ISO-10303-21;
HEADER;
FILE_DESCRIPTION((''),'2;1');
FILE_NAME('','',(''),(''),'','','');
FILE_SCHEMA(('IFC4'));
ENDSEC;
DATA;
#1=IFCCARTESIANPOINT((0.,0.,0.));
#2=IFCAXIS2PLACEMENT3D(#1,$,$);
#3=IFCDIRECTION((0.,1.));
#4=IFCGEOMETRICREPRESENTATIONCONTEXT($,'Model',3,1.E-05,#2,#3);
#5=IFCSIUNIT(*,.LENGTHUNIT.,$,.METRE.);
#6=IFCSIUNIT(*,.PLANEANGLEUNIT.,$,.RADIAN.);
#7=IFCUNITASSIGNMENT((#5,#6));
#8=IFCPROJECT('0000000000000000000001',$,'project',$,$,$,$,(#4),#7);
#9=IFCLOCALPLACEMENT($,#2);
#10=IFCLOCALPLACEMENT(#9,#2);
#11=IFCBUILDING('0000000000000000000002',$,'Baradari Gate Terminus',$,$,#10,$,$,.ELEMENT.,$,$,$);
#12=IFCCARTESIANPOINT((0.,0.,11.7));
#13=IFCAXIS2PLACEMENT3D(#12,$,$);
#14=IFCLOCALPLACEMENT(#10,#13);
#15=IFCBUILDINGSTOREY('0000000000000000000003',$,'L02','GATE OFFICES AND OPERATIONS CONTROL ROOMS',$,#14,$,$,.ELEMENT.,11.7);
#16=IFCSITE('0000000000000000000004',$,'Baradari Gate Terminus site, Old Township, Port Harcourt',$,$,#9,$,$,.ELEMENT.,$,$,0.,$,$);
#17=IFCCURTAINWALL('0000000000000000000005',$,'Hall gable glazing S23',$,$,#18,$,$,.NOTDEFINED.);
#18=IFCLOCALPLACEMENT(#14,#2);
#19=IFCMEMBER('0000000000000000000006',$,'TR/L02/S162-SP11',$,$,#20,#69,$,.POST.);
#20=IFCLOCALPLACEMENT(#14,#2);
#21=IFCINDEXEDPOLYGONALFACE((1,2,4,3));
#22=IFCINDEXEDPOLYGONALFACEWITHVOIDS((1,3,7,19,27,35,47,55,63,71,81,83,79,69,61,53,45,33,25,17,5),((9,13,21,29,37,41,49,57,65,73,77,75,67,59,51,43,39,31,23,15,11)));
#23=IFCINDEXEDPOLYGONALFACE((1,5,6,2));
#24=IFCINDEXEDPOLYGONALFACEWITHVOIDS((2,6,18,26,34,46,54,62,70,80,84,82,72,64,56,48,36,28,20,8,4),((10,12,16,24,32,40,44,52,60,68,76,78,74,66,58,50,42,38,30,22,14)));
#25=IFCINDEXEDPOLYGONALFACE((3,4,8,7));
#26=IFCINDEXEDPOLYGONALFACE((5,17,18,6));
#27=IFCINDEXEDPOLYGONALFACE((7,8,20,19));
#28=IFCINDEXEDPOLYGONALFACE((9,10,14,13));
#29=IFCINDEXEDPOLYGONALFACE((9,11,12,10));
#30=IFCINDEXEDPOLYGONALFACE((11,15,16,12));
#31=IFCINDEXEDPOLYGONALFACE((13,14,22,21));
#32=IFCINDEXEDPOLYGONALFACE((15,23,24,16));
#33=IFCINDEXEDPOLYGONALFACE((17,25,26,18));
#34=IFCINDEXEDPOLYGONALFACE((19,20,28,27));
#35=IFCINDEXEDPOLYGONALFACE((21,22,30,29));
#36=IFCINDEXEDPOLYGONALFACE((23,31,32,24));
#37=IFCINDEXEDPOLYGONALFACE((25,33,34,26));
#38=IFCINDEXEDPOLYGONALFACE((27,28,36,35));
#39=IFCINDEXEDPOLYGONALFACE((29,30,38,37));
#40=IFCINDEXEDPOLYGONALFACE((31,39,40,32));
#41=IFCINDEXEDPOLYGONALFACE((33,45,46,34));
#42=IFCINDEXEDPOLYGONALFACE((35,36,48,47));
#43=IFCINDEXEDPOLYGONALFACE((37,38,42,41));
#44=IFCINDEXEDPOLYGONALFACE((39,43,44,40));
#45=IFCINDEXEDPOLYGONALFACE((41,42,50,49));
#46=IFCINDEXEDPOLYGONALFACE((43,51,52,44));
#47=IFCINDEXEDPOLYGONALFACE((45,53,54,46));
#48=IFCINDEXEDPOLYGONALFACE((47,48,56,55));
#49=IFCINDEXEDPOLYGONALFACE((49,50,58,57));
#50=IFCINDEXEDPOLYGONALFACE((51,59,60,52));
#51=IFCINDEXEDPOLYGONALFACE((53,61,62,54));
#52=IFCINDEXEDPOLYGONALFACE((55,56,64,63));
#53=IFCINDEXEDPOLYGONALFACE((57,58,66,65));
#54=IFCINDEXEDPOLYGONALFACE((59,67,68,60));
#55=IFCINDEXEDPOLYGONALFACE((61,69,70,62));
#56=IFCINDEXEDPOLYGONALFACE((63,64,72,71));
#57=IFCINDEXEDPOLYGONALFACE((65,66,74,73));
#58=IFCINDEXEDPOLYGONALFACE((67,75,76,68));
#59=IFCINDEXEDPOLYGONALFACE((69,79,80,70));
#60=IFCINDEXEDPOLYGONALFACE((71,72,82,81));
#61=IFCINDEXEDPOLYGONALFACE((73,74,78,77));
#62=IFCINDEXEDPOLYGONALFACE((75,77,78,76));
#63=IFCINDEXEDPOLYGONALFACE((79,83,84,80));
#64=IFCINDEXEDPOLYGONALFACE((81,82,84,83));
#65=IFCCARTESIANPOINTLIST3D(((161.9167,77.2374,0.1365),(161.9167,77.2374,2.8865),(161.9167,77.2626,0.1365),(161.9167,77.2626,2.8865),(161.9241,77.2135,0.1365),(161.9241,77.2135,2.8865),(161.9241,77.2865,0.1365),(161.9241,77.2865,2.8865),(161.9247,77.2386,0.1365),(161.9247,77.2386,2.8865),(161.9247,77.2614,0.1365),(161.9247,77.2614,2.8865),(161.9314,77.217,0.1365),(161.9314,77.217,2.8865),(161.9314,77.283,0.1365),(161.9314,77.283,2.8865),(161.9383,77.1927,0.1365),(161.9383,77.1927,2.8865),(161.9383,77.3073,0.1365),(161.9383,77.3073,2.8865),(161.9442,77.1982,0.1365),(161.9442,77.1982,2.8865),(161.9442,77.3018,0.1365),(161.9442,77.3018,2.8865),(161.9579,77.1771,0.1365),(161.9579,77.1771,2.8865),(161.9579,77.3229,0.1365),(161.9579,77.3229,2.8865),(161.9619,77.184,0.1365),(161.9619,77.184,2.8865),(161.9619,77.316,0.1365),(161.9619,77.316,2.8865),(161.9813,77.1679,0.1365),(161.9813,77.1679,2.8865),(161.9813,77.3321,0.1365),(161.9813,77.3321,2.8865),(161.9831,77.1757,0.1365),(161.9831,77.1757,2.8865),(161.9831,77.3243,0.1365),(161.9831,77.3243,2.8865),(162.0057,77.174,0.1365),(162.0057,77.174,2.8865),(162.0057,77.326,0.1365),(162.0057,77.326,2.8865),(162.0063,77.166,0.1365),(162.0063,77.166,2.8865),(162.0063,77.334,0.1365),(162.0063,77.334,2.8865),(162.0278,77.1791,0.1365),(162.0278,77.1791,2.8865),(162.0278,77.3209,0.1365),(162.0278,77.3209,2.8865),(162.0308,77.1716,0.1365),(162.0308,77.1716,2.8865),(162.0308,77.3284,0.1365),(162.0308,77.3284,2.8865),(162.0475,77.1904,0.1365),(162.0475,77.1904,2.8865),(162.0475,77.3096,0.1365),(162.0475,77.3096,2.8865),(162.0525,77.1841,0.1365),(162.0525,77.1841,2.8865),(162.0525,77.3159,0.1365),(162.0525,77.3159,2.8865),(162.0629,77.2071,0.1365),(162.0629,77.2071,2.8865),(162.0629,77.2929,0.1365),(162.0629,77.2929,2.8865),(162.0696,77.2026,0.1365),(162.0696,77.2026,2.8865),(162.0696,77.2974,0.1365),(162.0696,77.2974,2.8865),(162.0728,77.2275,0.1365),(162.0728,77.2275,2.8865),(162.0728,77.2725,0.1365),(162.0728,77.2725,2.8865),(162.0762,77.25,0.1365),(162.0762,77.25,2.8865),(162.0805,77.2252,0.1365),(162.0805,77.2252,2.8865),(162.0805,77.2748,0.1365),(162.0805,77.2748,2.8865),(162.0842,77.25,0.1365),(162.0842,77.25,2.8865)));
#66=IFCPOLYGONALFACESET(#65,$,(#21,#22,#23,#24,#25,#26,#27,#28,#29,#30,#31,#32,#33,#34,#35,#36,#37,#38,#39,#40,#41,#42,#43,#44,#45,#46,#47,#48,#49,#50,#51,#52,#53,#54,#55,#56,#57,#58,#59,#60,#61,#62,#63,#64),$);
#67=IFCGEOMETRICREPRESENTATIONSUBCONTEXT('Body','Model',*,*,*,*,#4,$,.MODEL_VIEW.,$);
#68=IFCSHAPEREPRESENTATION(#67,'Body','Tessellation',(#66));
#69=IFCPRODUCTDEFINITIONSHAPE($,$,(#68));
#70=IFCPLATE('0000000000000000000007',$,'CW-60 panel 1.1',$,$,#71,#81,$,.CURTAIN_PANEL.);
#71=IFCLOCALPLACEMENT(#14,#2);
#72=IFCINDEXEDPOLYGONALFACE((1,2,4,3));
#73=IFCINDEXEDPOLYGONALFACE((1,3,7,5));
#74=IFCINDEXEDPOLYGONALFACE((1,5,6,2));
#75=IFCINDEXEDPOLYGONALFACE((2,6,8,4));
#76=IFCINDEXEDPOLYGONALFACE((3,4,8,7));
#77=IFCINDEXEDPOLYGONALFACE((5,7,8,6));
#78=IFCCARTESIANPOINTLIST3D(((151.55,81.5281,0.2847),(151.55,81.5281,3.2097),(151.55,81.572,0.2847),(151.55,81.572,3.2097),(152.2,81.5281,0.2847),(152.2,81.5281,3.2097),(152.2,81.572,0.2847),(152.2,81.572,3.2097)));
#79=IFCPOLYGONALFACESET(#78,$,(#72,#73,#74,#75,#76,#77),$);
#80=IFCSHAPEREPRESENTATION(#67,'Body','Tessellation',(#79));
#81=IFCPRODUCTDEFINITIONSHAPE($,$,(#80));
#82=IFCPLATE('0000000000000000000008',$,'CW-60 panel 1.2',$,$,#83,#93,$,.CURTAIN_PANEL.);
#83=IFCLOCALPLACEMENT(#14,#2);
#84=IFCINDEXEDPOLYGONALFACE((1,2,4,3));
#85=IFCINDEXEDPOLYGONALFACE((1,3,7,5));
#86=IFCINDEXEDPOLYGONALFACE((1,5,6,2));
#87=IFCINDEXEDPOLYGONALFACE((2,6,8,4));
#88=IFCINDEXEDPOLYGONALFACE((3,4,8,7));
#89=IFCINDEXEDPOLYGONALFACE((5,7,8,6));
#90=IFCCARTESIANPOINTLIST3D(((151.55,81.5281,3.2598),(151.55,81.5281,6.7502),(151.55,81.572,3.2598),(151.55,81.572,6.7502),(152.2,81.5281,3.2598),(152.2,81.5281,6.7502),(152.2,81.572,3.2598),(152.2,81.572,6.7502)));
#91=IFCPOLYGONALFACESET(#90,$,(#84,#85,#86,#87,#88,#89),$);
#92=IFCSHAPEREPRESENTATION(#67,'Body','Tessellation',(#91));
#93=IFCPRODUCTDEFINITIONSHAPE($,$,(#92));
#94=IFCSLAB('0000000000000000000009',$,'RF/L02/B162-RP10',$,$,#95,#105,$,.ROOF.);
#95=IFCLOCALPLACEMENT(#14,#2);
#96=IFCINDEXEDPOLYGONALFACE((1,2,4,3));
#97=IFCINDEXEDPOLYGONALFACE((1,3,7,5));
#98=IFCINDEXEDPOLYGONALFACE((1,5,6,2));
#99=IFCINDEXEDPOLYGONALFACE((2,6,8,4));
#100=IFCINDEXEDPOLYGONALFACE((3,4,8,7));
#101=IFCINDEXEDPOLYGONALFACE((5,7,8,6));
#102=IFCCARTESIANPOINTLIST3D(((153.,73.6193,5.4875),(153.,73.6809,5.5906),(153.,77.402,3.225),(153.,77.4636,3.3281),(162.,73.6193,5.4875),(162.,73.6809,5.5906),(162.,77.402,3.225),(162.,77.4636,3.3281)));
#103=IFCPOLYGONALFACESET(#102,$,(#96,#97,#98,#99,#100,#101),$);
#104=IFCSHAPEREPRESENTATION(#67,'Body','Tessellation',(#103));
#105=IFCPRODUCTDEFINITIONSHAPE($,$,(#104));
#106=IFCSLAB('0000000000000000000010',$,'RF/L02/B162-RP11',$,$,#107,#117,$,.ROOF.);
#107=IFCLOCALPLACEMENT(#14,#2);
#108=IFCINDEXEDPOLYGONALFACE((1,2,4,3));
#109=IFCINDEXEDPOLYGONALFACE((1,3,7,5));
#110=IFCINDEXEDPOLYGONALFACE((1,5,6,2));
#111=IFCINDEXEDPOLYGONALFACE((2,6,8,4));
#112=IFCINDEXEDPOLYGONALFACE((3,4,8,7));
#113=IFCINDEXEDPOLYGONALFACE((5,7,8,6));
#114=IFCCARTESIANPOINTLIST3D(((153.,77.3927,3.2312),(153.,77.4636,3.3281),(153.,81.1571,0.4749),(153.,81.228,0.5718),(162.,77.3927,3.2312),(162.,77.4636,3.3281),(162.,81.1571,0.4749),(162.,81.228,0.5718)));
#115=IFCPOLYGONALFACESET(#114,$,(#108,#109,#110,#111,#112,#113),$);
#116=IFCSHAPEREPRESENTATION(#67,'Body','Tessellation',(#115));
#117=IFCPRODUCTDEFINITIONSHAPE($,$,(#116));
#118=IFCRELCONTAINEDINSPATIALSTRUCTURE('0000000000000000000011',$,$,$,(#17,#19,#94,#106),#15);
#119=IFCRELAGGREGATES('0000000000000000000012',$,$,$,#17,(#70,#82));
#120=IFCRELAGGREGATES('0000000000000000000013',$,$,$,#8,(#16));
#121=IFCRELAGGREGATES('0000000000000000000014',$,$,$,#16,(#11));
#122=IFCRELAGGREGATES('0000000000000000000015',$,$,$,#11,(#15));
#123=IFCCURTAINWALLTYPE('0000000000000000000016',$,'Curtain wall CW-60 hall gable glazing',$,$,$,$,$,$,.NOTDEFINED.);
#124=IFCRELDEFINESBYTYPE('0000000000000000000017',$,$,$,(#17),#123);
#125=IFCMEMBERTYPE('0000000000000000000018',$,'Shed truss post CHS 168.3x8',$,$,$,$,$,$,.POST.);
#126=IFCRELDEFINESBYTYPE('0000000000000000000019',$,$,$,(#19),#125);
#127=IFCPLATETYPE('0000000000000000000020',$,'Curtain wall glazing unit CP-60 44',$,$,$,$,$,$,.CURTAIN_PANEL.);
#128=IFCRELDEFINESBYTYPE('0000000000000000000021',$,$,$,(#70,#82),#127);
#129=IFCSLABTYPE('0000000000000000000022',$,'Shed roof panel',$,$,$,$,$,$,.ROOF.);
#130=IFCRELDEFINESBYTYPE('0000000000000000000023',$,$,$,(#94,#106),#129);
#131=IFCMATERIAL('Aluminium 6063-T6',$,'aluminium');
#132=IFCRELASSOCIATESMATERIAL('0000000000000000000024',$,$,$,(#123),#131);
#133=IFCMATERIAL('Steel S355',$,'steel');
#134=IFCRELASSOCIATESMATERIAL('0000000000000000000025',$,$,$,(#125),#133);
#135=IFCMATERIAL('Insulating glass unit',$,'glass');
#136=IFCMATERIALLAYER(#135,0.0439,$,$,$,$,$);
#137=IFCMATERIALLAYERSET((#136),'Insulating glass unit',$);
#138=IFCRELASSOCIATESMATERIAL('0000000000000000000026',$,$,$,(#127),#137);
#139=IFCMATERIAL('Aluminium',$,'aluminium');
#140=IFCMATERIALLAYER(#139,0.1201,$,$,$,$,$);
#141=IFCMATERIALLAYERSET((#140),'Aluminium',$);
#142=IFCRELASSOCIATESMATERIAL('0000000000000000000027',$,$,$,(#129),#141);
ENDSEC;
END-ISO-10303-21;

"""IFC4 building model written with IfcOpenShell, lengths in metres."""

from ifc_helpers import new_model, si_unit, direction, frame, origin, origin_2d, place, context, subcontext, project, spatial, polyline, rectangle, hollow_circle, outline, extrude, material, layer, layer_set, material_profile, profile_set, type_object, element, aggregate, save


model = new_model("IFC4")

# Units and contexts
model_context = context("Model", 3, precision=1e-05, world=origin(), true_north=direction((0.0, 1.0)))
body_context = subcontext(model_context, "Body", "Model", "MODEL_VIEW")
ifc_project = project(units=[si_unit("LENGTHUNIT", "METRE"), si_unit("PLANEANGLEUNIT", "RADIAN")], contexts=[model_context])

# Site, building, storey
site_placement = place(None, origin())
site = spatial("IfcSite", under=ifc_project, at=site_placement, Name="Baradari Gate Terminus site, Old Township, Port Harcourt", CompositionType="ELEMENT", RefElevation=0.0)
building_placement = place(site_placement, origin())
building = spatial("IfcBuilding", under=site, at=building_placement, Name="Baradari Gate Terminus", CompositionType="ELEMENT")
storey_placement = place(building_placement, frame((0.0, 0.0, 11.7)))
storey = spatial("IfcBuildingStorey", under=building, at=storey_placement, Name="L02", Description="GATE OFFICES AND OPERATIONS CONTROL ROOMS", CompositionType="ELEMENT", Elevation=11.7)

# Curtain wall
ifc_material_1 = material(Name="Aluminium 6063-T6", Category="aluminium")
curtain_wall_type = type_object("IfcCurtainWallType", Name="Curtain wall CW-60 hall gable glazing", PredefinedType="NOTDEFINED", material=ifc_material_1)
curtain_wall_1_placement = place(storey_placement, origin())
curtain_wall_1 = element("IfcCurtainWall", 1, at=curtain_wall_1_placement, inside=storey, type_object=curtain_wall_type, Name="Hall gable glazing S23", PredefinedType="NOTDEFINED")

# Member
ifc_material_2 = material(Name="Steel S355", Category="steel")
ifc_material_profile_1 = material_profile(ifc_material_2, hollow_circle(Radius=0.0842, WallThickness=0.0081, at=origin_2d()), Name="CHS 168.3x8")
ifc_profile_set_1 = profile_set([ifc_material_profile_1], Name="Steel S355")
member_type_1 = type_object("IfcMemberType", Name="Shed truss post CHS 168.3x8", PredefinedType="POST", material=ifc_profile_set_1)
member_1_placement = place(storey_placement, frame((162.0, 77.25, 0.1365), z_axis=(0.0, 0.0, 1.0), x_axis=(1.0, 0.0, 0.0)))
element("IfcMember", 2, at=member_1_placement, inside=storey, type_object=member_type_1, Name="TR/L02/S162-SP11", PredefinedType="POST", context=body_context, shape_type="SweptSolid", body=[
    extrude(hollow_circle(Radius=0.0842, WallThickness=0.0081, at=origin_2d()), origin(), (0.0, 0.0, 1.0), 2.75),
])

# Plates
ifc_material_3 = material(Name="Insulating glass unit", Category="glass")
ifc_layer_1 = layer(ifc_material_3, 0.0439)
ifc_layer_set_1 = layer_set([ifc_layer_1], Name="Insulating glass unit")
plate_type = type_object("IfcPlateType", Name="Curtain wall glazing unit CP-60 44", PredefinedType="CURTAIN_PANEL", material=ifc_layer_set_1)
plate_1_placement = place(storey_placement, frame((151.875, 81.55, 0.2847), z_axis=(0.0, 0.0, 1.0), x_axis=(1.0, 0.0, 0.0)))
plate_1 = element("IfcPlate", 3, at=plate_1_placement, type_object=plate_type, Name="CW-60 panel 1.1", PredefinedType="CURTAIN_PANEL", context=body_context, shape_type="SweptSolid", body=[
    extrude(rectangle(XDim=0.6499, YDim=0.0439, at=origin_2d()), origin(), (0.0, 0.0, 1.0), 2.925),
])
plate_2_placement = place(storey_placement, frame((151.875, 81.55, 3.2598), z_axis=(0.0, 0.0, 1.0), x_axis=(1.0, 0.0, 0.0)))
plate_2 = element("IfcPlate", 4, at=plate_2_placement, type_object=plate_type, Name="CW-60 panel 1.2", PredefinedType="CURTAIN_PANEL", context=body_context, shape_type="SweptSolid", body=[
    extrude(rectangle(XDim=0.6499, YDim=0.0439, at=origin_2d()), origin(), (0.0, 0.0, 1.0), 3.4905),
])
aggregate(curtain_wall_1, [plate_1, plate_2])

# Slabs
ifc_material_4 = material(Name="Aluminium", Category="aluminium")
ifc_layer_2 = layer(ifc_material_4, 0.1201)
ifc_layer_set_2 = layer_set([ifc_layer_2], Name="Aluminium")
slab_type = type_object("IfcSlabType", Name="Shed roof panel", PredefinedType="ROOF", material=ifc_layer_set_2)
slab_1_placement = place(storey_placement, frame((153.0, 73.6809, 5.5906), z_axis=(0.0, 0.513298, 0.858211), x_axis=(1.0, 0.0, 0.0)))
element("IfcSlab", 5, at=slab_1_placement, inside=storey, type_object=slab_type, Name="RF/L02/B162-RP10", PredefinedType="ROOF", context=body_context, shape_type="SweptSolid", body=[
    extrude(outline(polyline([(0.0, 0.0), (9.0, 0.0), (9.0, 4.4077), (0.0, 4.4077), (0.0, 0.0)])), origin(), (0.0, 0.0, -1.0), 0.1201),
])
slab_2_placement = place(storey_placement, frame((153.0, 77.4636, 3.3281), z_axis=(0.0, 0.590776, 0.806836), x_axis=(1.0, 0.0, 0.0)))
element("IfcSlab", 6, at=slab_2_placement, inside=storey, type_object=slab_type, Name="RF/L02/B162-RP11", PredefinedType="ROOF", context=body_context, shape_type="SweptSolid", body=[
    extrude(outline(polyline([(0.0, 0.0), (9.0, 0.0), (9.0, 4.6656), (0.0, 4.6656), (0.0, 0.0)])), origin(), (0.0, 0.0, -1.0), 0.1201),
])

save(model, "model.ifc")
